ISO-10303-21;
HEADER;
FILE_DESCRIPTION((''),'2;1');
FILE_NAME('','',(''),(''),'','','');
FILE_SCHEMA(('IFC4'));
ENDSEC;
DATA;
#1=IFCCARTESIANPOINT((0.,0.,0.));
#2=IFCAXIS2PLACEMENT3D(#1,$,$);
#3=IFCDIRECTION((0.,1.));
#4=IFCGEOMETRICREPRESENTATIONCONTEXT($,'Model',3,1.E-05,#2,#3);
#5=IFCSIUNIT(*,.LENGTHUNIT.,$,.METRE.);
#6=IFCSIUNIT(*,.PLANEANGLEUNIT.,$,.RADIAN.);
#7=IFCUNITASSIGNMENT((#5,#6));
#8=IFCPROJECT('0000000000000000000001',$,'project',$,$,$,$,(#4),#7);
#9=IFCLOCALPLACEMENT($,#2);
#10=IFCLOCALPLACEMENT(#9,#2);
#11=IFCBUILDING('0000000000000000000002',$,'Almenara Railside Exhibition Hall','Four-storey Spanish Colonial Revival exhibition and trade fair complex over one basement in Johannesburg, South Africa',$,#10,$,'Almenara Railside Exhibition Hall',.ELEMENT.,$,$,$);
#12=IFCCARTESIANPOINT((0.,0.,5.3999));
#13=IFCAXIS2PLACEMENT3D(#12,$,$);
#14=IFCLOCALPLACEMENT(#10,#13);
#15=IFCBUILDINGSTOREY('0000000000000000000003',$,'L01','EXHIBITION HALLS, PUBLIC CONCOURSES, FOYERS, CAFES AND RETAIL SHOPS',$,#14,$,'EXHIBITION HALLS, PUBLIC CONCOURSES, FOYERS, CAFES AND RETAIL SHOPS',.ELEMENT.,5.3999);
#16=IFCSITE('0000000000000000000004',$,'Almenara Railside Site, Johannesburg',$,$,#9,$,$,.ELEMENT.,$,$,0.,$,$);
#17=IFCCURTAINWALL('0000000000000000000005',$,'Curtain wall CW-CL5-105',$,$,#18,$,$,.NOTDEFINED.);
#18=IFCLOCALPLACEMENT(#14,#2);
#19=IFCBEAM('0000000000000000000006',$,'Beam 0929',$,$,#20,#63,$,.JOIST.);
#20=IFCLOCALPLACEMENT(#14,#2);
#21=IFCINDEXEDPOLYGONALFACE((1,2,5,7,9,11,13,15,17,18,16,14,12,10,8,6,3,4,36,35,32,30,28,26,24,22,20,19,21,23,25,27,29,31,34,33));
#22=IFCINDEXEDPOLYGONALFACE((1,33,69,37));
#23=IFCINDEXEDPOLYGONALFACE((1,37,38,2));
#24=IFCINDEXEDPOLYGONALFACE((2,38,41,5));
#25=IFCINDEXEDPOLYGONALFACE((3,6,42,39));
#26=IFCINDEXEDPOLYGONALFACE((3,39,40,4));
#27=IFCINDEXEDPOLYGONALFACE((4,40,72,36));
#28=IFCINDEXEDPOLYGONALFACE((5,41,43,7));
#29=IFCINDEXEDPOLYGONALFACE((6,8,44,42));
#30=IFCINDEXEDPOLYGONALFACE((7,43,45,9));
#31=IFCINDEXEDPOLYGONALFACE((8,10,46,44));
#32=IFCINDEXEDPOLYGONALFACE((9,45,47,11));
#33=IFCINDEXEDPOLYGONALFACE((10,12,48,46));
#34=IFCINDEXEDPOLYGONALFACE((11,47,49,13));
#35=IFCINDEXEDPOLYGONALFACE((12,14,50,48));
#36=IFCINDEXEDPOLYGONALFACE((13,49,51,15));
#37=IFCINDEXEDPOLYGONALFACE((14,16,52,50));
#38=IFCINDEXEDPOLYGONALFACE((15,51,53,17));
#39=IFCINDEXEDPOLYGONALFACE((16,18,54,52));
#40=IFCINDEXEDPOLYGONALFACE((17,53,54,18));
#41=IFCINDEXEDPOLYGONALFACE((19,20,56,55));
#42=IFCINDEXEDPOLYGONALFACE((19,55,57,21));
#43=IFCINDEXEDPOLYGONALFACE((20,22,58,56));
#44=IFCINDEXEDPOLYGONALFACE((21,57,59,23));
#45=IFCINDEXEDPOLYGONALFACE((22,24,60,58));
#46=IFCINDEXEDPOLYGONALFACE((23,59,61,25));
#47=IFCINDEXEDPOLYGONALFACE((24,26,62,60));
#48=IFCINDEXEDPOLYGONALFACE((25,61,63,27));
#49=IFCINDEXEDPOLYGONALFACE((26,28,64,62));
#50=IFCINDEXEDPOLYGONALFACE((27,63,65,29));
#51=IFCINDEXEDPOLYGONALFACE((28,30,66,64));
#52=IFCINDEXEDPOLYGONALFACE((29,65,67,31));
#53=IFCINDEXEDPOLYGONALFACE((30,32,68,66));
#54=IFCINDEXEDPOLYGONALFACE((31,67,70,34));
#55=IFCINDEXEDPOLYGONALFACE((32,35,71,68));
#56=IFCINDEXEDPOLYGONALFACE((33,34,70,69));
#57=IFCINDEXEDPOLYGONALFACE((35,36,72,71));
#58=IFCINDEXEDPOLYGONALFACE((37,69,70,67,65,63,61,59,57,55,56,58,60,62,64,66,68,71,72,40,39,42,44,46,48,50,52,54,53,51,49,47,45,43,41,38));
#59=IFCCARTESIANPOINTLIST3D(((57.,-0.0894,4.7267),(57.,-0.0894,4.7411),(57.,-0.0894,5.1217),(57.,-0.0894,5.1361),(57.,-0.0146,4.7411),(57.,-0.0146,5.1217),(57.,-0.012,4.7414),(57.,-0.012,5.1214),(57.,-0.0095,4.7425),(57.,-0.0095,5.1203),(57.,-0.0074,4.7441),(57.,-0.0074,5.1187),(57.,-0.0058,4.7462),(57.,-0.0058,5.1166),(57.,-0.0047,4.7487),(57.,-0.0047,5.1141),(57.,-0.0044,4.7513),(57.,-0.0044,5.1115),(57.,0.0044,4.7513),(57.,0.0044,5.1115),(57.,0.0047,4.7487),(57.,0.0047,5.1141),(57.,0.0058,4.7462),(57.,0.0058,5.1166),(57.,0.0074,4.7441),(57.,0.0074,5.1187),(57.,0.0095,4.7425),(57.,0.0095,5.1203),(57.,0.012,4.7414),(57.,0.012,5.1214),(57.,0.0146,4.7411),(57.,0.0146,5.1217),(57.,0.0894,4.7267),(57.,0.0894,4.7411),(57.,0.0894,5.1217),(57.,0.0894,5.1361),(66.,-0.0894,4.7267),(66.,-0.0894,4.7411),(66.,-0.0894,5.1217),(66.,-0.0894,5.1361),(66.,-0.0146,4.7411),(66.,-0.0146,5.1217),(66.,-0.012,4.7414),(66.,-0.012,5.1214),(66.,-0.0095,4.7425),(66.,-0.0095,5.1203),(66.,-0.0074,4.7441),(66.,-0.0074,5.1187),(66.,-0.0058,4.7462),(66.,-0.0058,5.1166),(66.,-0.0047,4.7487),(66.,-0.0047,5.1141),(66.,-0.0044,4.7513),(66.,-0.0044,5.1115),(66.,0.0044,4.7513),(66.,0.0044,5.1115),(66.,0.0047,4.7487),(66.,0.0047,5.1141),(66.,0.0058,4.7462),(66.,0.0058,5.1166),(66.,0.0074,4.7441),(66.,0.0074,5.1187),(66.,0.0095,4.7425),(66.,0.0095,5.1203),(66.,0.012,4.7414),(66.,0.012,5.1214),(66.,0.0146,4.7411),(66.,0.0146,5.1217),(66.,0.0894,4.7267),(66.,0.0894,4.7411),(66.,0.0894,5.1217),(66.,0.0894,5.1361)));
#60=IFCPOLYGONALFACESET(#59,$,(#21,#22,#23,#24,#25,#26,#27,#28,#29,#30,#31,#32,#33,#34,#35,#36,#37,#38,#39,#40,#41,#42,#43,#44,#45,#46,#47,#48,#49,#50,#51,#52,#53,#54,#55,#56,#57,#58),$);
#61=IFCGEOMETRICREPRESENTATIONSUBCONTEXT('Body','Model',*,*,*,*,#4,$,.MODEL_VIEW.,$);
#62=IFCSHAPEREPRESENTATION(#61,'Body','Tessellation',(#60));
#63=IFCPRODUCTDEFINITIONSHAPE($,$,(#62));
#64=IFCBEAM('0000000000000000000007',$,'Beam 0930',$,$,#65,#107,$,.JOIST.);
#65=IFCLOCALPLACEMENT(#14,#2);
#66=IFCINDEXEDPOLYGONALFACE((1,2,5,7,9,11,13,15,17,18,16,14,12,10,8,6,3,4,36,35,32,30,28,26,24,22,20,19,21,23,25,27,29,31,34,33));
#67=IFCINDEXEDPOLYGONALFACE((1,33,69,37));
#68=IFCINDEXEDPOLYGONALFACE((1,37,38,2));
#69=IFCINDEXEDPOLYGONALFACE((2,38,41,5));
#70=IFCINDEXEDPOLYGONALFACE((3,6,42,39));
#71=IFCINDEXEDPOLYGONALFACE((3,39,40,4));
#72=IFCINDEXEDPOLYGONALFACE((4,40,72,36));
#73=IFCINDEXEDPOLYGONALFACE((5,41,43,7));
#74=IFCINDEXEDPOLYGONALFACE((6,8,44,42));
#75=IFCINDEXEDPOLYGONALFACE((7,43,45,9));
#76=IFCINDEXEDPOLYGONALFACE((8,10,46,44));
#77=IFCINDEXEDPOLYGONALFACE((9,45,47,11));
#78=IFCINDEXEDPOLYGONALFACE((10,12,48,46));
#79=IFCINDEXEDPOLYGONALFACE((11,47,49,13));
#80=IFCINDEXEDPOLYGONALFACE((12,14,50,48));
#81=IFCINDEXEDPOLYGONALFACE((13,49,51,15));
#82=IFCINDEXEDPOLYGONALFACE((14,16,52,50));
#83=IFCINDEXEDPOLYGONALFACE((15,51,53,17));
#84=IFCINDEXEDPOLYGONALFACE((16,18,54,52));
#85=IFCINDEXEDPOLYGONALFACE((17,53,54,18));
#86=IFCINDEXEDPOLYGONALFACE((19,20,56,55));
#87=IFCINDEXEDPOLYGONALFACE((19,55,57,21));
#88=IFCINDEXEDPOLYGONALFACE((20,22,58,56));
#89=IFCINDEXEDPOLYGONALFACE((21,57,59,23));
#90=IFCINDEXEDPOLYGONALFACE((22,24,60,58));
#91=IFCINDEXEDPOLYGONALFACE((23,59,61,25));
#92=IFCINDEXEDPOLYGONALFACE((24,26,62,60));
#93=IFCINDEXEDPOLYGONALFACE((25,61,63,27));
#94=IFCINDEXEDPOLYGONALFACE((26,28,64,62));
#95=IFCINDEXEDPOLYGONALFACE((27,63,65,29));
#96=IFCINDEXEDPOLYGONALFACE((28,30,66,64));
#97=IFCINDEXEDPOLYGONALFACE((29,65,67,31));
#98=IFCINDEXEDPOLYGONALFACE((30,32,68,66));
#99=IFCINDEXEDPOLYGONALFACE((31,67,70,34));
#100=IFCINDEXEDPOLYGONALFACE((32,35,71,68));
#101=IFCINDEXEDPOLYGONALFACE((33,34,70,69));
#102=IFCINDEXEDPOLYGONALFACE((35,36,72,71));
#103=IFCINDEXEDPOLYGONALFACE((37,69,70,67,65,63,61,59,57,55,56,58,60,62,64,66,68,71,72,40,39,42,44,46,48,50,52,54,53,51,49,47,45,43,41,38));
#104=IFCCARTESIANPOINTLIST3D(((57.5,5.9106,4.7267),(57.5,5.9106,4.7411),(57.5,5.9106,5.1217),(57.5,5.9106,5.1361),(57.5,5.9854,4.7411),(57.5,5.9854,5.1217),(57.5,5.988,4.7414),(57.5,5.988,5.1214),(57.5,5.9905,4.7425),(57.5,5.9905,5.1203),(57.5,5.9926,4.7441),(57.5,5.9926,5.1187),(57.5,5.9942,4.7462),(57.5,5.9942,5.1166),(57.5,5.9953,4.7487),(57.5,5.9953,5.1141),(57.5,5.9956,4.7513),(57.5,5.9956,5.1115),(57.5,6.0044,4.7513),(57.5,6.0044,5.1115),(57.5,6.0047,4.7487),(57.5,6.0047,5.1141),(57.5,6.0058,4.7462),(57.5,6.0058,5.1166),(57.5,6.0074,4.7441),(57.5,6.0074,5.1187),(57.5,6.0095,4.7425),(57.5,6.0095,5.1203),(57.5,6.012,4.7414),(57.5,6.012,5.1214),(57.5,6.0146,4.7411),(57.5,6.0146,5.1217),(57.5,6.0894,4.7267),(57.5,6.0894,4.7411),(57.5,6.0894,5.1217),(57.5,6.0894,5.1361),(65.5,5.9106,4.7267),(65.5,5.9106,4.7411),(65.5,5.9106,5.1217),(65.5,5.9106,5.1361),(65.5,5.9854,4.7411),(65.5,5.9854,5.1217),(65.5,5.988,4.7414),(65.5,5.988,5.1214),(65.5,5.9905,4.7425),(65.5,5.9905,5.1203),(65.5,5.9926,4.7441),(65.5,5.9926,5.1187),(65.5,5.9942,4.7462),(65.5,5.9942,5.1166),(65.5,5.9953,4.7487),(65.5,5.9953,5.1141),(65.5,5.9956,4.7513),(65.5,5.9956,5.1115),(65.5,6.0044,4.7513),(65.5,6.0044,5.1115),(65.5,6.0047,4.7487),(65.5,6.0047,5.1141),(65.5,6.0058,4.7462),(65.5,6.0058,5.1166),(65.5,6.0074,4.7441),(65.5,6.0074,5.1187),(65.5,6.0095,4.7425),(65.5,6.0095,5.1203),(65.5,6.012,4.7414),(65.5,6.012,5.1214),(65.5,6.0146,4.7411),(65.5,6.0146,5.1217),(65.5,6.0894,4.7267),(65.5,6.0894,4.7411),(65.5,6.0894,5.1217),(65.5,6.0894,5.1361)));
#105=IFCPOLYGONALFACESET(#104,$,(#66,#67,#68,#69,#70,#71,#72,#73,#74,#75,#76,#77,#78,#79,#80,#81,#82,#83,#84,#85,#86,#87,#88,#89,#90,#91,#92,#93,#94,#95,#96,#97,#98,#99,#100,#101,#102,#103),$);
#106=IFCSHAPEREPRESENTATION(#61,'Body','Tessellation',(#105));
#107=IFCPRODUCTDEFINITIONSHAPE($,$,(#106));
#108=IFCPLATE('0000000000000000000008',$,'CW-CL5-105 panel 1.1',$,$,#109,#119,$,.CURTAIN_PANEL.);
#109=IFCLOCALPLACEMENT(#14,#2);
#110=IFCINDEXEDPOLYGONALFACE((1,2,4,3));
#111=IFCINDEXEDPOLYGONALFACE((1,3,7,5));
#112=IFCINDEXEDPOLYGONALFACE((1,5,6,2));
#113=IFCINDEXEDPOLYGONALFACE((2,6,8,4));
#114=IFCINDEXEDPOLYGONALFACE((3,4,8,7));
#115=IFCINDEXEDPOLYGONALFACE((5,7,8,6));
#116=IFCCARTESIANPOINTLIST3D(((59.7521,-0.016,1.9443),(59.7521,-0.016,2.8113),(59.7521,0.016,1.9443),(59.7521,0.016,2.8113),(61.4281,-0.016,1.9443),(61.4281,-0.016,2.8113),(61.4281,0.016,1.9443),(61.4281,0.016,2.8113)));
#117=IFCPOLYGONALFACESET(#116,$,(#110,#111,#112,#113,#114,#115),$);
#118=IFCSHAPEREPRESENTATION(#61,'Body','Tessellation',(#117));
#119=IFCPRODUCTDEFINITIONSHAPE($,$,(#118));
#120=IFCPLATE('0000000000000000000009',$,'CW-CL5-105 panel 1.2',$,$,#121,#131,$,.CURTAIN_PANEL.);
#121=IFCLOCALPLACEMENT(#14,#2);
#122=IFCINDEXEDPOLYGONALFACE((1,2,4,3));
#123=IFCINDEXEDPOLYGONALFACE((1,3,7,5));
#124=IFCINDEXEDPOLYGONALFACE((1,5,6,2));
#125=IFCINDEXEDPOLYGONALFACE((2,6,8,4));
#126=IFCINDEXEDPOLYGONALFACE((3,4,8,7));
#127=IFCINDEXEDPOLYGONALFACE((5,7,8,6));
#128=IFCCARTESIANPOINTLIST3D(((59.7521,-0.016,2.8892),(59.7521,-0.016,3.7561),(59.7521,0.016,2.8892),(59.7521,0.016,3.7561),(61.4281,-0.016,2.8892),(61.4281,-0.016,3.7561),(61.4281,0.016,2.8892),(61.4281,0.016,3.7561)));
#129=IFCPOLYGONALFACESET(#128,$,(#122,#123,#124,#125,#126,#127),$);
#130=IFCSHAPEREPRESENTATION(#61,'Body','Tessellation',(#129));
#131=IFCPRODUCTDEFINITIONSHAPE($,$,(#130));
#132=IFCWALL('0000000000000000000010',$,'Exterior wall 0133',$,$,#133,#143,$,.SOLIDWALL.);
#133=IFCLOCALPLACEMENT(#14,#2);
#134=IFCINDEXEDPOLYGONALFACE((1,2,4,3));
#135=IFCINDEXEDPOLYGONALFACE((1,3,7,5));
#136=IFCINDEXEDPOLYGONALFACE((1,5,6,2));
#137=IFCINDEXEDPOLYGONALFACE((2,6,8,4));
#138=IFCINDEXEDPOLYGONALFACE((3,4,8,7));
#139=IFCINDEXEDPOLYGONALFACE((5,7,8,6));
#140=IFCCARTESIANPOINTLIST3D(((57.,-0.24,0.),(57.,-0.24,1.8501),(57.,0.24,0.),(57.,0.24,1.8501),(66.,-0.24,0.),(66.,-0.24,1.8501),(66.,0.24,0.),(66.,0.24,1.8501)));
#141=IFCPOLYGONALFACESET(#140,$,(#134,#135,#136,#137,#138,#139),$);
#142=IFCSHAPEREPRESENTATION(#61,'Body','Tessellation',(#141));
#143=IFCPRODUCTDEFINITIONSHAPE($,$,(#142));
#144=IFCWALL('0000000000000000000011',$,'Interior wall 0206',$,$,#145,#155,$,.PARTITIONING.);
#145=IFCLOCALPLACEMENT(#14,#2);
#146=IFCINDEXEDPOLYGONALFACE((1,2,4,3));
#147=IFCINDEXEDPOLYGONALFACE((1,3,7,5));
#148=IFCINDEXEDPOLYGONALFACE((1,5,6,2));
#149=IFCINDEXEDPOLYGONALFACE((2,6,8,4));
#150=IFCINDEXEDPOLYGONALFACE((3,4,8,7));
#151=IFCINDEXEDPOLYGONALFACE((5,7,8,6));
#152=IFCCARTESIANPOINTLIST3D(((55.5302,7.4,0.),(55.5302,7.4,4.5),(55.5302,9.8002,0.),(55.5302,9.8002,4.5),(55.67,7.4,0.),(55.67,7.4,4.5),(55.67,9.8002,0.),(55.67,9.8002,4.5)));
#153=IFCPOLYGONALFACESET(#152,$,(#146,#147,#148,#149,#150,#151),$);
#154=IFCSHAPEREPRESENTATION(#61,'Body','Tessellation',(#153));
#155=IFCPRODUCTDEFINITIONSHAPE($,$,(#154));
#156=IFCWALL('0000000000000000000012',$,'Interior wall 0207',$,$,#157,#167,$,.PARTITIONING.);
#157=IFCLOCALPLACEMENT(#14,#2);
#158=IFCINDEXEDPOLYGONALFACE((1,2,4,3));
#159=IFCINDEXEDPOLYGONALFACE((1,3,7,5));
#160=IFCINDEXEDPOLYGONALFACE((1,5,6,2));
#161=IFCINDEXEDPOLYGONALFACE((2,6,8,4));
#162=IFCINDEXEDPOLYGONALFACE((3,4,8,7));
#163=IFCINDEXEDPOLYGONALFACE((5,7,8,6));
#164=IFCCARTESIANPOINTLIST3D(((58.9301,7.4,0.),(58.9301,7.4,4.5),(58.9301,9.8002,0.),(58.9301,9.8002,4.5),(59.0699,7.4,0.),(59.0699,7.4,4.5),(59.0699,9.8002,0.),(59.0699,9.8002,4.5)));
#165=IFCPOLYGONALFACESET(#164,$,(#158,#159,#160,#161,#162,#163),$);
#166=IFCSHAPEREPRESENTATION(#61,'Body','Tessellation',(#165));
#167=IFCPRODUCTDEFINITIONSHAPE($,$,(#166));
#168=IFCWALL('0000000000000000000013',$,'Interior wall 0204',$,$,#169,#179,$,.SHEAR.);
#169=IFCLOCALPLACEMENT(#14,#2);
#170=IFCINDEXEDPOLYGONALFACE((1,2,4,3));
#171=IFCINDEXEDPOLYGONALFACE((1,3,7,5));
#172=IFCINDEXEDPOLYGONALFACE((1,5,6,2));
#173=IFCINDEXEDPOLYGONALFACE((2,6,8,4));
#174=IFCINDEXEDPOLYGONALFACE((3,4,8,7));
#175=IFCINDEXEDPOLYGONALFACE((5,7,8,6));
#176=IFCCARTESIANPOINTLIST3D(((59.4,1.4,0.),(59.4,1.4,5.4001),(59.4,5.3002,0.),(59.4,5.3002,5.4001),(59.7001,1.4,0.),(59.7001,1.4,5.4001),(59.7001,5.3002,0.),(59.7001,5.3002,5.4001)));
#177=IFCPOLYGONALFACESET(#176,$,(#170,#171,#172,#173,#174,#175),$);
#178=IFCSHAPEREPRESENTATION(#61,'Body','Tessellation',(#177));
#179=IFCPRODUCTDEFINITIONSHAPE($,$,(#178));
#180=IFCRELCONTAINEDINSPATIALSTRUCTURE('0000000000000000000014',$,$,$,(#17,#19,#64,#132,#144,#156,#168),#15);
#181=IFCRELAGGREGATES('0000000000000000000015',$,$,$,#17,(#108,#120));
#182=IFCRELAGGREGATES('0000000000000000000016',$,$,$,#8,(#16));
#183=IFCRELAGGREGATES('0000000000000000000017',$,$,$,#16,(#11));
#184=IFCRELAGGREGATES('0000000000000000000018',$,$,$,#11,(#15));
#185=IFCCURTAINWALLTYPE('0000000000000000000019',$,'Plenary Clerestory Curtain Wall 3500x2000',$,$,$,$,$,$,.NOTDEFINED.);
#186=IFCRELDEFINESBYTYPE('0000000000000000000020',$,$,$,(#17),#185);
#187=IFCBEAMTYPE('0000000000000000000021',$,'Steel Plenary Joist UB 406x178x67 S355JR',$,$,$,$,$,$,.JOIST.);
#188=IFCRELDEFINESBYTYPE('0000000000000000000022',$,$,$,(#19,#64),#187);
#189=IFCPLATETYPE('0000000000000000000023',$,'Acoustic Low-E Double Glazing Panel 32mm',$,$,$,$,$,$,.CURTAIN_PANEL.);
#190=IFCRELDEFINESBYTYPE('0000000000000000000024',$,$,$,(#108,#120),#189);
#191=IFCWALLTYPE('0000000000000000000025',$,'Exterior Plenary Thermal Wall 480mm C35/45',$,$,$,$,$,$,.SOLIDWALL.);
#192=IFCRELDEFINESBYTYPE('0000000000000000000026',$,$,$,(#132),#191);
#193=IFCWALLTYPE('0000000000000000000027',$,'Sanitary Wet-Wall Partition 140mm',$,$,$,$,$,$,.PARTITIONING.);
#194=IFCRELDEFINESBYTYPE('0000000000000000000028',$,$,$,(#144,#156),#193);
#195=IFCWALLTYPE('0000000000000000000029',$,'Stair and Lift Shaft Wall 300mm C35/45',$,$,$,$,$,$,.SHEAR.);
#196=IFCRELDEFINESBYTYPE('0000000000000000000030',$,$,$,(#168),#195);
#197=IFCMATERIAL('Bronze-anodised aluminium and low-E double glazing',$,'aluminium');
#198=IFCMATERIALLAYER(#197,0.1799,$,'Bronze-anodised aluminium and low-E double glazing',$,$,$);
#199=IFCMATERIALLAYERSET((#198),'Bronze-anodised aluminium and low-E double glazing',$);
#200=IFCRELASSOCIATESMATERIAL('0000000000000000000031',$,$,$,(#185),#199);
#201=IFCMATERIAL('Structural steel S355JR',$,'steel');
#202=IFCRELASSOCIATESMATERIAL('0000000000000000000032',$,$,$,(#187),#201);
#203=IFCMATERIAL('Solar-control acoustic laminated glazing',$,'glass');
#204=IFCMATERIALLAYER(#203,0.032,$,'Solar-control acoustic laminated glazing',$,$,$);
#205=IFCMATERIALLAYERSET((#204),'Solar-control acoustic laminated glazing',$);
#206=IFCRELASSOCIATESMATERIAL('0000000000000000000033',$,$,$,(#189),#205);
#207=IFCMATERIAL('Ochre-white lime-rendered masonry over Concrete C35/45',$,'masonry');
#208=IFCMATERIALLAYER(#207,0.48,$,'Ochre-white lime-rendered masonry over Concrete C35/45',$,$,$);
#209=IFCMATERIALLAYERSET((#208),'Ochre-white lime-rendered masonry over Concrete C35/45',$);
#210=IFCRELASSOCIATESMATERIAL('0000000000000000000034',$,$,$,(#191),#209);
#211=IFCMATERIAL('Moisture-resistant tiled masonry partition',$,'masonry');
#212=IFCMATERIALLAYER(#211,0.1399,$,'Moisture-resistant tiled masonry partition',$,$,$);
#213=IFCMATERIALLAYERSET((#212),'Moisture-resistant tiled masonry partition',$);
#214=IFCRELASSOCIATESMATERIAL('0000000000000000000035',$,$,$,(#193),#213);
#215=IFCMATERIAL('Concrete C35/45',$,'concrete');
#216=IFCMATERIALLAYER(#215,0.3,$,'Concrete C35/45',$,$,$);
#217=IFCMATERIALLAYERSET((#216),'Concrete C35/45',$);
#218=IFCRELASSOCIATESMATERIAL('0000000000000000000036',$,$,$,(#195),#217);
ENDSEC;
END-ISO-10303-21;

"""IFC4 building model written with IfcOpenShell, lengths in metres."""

from ifc_helpers import new_model, si_unit, direction, frame, frame_2d, origin, origin_2d, place, context, subcontext, project, spatial, rectangle, i_section, extrude, material, layer, layer_set, material_profile, profile_set, type_object, element, aggregate, save


model = new_model("IFC4")

# Units and contexts
model_context = context("Model", 3, precision=1e-05, world=origin(), true_north=direction((0.0, 1.0)))
body_context = subcontext(model_context, "Body", "Model", "MODEL_VIEW")
ifc_project = project(units=[si_unit("LENGTHUNIT", "METRE"), si_unit("PLANEANGLEUNIT", "RADIAN")], contexts=[model_context])

# Site, building, storey
site_placement = place(None, origin())
site = spatial("IfcSite", under=ifc_project, at=site_placement, Name="Almenara Railside Site, Johannesburg", CompositionType="ELEMENT", RefElevation=0.0)
building_placement = place(site_placement, origin())
building = spatial("IfcBuilding", under=site, at=building_placement, Name="Almenara Railside Exhibition Hall", Description="Four-storey Spanish Colonial Revival exhibition and trade fair complex over one basement in Johannesburg, South Africa", LongName="Almenara Railside Exhibition Hall", CompositionType="ELEMENT")
storey_placement = place(building_placement, frame((0.0, 0.0, 5.3999)))
storey = spatial("IfcBuildingStorey", under=building, at=storey_placement, Name="L01", Description="EXHIBITION HALLS, PUBLIC CONCOURSES, FOYERS, CAFES AND RETAIL SHOPS", LongName="EXHIBITION HALLS, PUBLIC CONCOURSES, FOYERS, CAFES AND RETAIL SHOPS", CompositionType="ELEMENT", Elevation=5.3999)

# Shared definitions
ifc_material_1 = material(Name="Concrete C35/45", Category="concrete")

# Curtain wall
ifc_material_2 = material(Name="Bronze-anodised aluminium and low-E double glazing", Category="aluminium")
ifc_layer_1 = layer(ifc_material_2, 0.1799, Name="Bronze-anodised aluminium and low-E double glazing")
ifc_layer_set_1 = layer_set([ifc_layer_1], Name="Bronze-anodised aluminium and low-E double glazing")
curtain_wall_type = type_object("IfcCurtainWallType", Name="Plenary Clerestory Curtain Wall 3500x2000", PredefinedType="NOTDEFINED", material=ifc_layer_set_1)
curtain_wall_placement = place(storey_placement, origin())
curtain_wall = element("IfcCurtainWall", 1, at=curtain_wall_placement, inside=storey, type_object=curtain_wall_type, Name="Curtain wall CW-CL5-105", PredefinedType="NOTDEFINED")

# Beams
ifc_material_3 = material(Name="Structural steel S355JR", Category="steel")
ifc_material_profile_1 = material_profile(ifc_material_3, i_section(OverallWidth=0.1787, OverallDepth=0.4094, WebThickness=0.0088, FlangeThickness=0.0144, FilletRadius=0.0103, at=origin_2d()), Name="UB 406x178x67")
ifc_profile_set_1 = profile_set([ifc_material_profile_1], Name="Structural steel S355JR")
beam_type_1 = type_object("IfcBeamType", Name="Steel Plenary Joist UB 406x178x67 S355JR", PredefinedType="JOIST", material=ifc_profile_set_1)
beam_1_placement = place(storey_placement, frame((57.0, 0.0, 4.9314), z_axis=(1.0, 0.0, 0.0), x_axis=(0.0, 1.0, 0.0)))
element("IfcBeam", 2, at=beam_1_placement, inside=storey, type_object=beam_type_1, Name="Beam 0929", PredefinedType="JOIST", context=body_context, shape_type="SweptSolid", body=[
    extrude(i_section(OverallWidth=0.1787, OverallDepth=0.4094, WebThickness=0.0088, FlangeThickness=0.0144, FilletRadius=0.0103, at=origin_2d()), origin(), (0.0, 0.0, 1.0), 9.0),
])
beam_2_placement = place(storey_placement, frame((57.5, 6.0, 4.9314), z_axis=(1.0, 0.0, 0.0), x_axis=(0.0, 1.0, 0.0)))
element("IfcBeam", 3, at=beam_2_placement, inside=storey, type_object=beam_type_1, Name="Beam 0930", PredefinedType="JOIST", context=body_context, shape_type="SweptSolid", body=[
    extrude(i_section(OverallWidth=0.1787, OverallDepth=0.4094, WebThickness=0.0088, FlangeThickness=0.0144, FilletRadius=0.0103, at=origin_2d()), origin(), (0.0, 0.0, 1.0), 8.0),
])

# Plates
ifc_material_4 = material(Name="Solar-control acoustic laminated glazing", Category="glass")
ifc_layer_2 = layer(ifc_material_4, 0.032, Name="Solar-control acoustic laminated glazing")
ifc_layer_set_2 = layer_set([ifc_layer_2], Name="Solar-control acoustic laminated glazing")
plate_type = type_object("IfcPlateType", Name="Acoustic Low-E Double Glazing Panel 32mm", PredefinedType="CURTAIN_PANEL", material=ifc_layer_set_2)
plate_1_placement = place(storey_placement, frame((60.5901, 0.0, 1.9443), z_axis=(0.0, 0.0, 1.0), x_axis=(1.0, 0.0, 0.0)))
plate_1 = element("IfcPlate", 4, at=plate_1_placement, type_object=plate_type, Name="CW-CL5-105 panel 1.1", PredefinedType="CURTAIN_PANEL", context=body_context, shape_type="SweptSolid", body=[
    extrude(rectangle(XDim=1.676, YDim=0.032, at=origin_2d()), origin(), (0.0, 0.0, 1.0), 0.8669),
])
plate_2_placement = place(storey_placement, frame((60.5901, 0.0, 2.8892), z_axis=(0.0, 0.0, 1.0), x_axis=(1.0, 0.0, 0.0)))
plate_2 = element("IfcPlate", 5, at=plate_2_placement, type_object=plate_type, Name="CW-CL5-105 panel 1.2", PredefinedType="CURTAIN_PANEL", context=body_context, shape_type="SweptSolid", body=[
    extrude(rectangle(XDim=1.676, YDim=0.032, at=origin_2d()), origin(), (0.0, 0.0, 1.0), 0.8669),
])
aggregate(curtain_wall, [plate_1, plate_2])

# Walls
ifc_material_5 = material(Name="Ochre-white lime-rendered masonry over Concrete C35/45", Category="masonry")
ifc_layer_3 = layer(ifc_material_5, 0.48, Name="Ochre-white lime-rendered masonry over Concrete C35/45")
ifc_layer_set_3 = layer_set([ifc_layer_3], Name="Ochre-white lime-rendered masonry over Concrete C35/45")
wall_type_1 = type_object("IfcWallType", Name="Exterior Plenary Thermal Wall 480mm C35/45", PredefinedType="SOLIDWALL", material=ifc_layer_set_3)
wall_1_placement = place(storey_placement, frame((57.0, 0.0, 0.0), z_axis=(0.0, 0.0, 1.0), x_axis=(1.0, 0.0, 0.0)))
element("IfcWall", 6, at=wall_1_placement, inside=storey, type_object=wall_type_1, Name="Exterior wall 0133", PredefinedType="SOLIDWALL", context=body_context, shape_type="SweptSolid", body=[
    extrude(rectangle(XDim=9.0, YDim=0.48, at=frame_2d((4.5, 0.0))), origin(), (0.0, 0.0, 1.0), 1.8501),
])
ifc_material_6 = material(Name="Moisture-resistant tiled masonry partition", Category="masonry")
ifc_layer_4 = layer(ifc_material_6, 0.1399, Name="Moisture-resistant tiled masonry partition")
ifc_layer_set_4 = layer_set([ifc_layer_4], Name="Moisture-resistant tiled masonry partition")
wall_type_2 = type_object("IfcWallType", Name="Sanitary Wet-Wall Partition 140mm", PredefinedType="PARTITIONING", material=ifc_layer_set_4)
for number, where, z_axis, x_axis, name in (
    (7, (55.6001, 7.3999, 0.0), (0.0, 0.0, 1.0), (0.0, 1.0, 0.0), "Interior wall 0206"),
    (8, (59.0, 7.3999, 0.0), (0.0, 0.0, 1.0), (0.0, 1.0, 0.0), "Interior wall 0207"),
):
    element("IfcWall", number, at=place(storey_placement, frame(where, z_axis=z_axis, x_axis=x_axis)), inside=storey, type_object=wall_type_2, Name=name, PredefinedType="PARTITIONING", context=body_context, shape_type="SweptSolid", body=[
        extrude(rectangle(XDim=2.4001, YDim=0.1399, at=frame_2d((1.2002, 0.0))), origin(), (0.0, 0.0, 1.0), 4.5),
    ])
ifc_layer_5 = layer(ifc_material_1, 0.3, Name="Concrete C35/45")
ifc_layer_set_5 = layer_set([ifc_layer_5], Name="Concrete C35/45")
wall_type_3 = type_object("IfcWallType", Name="Stair and Lift Shaft Wall 300mm C35/45", PredefinedType="SHEAR", material=ifc_layer_set_5)
wall_2_placement = place(storey_placement, frame((59.55, 1.3999, 0.0), z_axis=(0.0, 0.0, 1.0), x_axis=(0.0, 1.0, 0.0)))
element("IfcWall", 9, at=wall_2_placement, inside=storey, type_object=wall_type_3, Name="Interior wall 0204", PredefinedType="SHEAR", context=body_context, shape_type="SweptSolid", body=[
    extrude(rectangle(XDim=3.9001, YDim=0.3, at=frame_2d((1.9502, 0.0))), origin(), (0.0, 0.0, 1.0), 5.4001),
])

save(model, "model.ifc")
